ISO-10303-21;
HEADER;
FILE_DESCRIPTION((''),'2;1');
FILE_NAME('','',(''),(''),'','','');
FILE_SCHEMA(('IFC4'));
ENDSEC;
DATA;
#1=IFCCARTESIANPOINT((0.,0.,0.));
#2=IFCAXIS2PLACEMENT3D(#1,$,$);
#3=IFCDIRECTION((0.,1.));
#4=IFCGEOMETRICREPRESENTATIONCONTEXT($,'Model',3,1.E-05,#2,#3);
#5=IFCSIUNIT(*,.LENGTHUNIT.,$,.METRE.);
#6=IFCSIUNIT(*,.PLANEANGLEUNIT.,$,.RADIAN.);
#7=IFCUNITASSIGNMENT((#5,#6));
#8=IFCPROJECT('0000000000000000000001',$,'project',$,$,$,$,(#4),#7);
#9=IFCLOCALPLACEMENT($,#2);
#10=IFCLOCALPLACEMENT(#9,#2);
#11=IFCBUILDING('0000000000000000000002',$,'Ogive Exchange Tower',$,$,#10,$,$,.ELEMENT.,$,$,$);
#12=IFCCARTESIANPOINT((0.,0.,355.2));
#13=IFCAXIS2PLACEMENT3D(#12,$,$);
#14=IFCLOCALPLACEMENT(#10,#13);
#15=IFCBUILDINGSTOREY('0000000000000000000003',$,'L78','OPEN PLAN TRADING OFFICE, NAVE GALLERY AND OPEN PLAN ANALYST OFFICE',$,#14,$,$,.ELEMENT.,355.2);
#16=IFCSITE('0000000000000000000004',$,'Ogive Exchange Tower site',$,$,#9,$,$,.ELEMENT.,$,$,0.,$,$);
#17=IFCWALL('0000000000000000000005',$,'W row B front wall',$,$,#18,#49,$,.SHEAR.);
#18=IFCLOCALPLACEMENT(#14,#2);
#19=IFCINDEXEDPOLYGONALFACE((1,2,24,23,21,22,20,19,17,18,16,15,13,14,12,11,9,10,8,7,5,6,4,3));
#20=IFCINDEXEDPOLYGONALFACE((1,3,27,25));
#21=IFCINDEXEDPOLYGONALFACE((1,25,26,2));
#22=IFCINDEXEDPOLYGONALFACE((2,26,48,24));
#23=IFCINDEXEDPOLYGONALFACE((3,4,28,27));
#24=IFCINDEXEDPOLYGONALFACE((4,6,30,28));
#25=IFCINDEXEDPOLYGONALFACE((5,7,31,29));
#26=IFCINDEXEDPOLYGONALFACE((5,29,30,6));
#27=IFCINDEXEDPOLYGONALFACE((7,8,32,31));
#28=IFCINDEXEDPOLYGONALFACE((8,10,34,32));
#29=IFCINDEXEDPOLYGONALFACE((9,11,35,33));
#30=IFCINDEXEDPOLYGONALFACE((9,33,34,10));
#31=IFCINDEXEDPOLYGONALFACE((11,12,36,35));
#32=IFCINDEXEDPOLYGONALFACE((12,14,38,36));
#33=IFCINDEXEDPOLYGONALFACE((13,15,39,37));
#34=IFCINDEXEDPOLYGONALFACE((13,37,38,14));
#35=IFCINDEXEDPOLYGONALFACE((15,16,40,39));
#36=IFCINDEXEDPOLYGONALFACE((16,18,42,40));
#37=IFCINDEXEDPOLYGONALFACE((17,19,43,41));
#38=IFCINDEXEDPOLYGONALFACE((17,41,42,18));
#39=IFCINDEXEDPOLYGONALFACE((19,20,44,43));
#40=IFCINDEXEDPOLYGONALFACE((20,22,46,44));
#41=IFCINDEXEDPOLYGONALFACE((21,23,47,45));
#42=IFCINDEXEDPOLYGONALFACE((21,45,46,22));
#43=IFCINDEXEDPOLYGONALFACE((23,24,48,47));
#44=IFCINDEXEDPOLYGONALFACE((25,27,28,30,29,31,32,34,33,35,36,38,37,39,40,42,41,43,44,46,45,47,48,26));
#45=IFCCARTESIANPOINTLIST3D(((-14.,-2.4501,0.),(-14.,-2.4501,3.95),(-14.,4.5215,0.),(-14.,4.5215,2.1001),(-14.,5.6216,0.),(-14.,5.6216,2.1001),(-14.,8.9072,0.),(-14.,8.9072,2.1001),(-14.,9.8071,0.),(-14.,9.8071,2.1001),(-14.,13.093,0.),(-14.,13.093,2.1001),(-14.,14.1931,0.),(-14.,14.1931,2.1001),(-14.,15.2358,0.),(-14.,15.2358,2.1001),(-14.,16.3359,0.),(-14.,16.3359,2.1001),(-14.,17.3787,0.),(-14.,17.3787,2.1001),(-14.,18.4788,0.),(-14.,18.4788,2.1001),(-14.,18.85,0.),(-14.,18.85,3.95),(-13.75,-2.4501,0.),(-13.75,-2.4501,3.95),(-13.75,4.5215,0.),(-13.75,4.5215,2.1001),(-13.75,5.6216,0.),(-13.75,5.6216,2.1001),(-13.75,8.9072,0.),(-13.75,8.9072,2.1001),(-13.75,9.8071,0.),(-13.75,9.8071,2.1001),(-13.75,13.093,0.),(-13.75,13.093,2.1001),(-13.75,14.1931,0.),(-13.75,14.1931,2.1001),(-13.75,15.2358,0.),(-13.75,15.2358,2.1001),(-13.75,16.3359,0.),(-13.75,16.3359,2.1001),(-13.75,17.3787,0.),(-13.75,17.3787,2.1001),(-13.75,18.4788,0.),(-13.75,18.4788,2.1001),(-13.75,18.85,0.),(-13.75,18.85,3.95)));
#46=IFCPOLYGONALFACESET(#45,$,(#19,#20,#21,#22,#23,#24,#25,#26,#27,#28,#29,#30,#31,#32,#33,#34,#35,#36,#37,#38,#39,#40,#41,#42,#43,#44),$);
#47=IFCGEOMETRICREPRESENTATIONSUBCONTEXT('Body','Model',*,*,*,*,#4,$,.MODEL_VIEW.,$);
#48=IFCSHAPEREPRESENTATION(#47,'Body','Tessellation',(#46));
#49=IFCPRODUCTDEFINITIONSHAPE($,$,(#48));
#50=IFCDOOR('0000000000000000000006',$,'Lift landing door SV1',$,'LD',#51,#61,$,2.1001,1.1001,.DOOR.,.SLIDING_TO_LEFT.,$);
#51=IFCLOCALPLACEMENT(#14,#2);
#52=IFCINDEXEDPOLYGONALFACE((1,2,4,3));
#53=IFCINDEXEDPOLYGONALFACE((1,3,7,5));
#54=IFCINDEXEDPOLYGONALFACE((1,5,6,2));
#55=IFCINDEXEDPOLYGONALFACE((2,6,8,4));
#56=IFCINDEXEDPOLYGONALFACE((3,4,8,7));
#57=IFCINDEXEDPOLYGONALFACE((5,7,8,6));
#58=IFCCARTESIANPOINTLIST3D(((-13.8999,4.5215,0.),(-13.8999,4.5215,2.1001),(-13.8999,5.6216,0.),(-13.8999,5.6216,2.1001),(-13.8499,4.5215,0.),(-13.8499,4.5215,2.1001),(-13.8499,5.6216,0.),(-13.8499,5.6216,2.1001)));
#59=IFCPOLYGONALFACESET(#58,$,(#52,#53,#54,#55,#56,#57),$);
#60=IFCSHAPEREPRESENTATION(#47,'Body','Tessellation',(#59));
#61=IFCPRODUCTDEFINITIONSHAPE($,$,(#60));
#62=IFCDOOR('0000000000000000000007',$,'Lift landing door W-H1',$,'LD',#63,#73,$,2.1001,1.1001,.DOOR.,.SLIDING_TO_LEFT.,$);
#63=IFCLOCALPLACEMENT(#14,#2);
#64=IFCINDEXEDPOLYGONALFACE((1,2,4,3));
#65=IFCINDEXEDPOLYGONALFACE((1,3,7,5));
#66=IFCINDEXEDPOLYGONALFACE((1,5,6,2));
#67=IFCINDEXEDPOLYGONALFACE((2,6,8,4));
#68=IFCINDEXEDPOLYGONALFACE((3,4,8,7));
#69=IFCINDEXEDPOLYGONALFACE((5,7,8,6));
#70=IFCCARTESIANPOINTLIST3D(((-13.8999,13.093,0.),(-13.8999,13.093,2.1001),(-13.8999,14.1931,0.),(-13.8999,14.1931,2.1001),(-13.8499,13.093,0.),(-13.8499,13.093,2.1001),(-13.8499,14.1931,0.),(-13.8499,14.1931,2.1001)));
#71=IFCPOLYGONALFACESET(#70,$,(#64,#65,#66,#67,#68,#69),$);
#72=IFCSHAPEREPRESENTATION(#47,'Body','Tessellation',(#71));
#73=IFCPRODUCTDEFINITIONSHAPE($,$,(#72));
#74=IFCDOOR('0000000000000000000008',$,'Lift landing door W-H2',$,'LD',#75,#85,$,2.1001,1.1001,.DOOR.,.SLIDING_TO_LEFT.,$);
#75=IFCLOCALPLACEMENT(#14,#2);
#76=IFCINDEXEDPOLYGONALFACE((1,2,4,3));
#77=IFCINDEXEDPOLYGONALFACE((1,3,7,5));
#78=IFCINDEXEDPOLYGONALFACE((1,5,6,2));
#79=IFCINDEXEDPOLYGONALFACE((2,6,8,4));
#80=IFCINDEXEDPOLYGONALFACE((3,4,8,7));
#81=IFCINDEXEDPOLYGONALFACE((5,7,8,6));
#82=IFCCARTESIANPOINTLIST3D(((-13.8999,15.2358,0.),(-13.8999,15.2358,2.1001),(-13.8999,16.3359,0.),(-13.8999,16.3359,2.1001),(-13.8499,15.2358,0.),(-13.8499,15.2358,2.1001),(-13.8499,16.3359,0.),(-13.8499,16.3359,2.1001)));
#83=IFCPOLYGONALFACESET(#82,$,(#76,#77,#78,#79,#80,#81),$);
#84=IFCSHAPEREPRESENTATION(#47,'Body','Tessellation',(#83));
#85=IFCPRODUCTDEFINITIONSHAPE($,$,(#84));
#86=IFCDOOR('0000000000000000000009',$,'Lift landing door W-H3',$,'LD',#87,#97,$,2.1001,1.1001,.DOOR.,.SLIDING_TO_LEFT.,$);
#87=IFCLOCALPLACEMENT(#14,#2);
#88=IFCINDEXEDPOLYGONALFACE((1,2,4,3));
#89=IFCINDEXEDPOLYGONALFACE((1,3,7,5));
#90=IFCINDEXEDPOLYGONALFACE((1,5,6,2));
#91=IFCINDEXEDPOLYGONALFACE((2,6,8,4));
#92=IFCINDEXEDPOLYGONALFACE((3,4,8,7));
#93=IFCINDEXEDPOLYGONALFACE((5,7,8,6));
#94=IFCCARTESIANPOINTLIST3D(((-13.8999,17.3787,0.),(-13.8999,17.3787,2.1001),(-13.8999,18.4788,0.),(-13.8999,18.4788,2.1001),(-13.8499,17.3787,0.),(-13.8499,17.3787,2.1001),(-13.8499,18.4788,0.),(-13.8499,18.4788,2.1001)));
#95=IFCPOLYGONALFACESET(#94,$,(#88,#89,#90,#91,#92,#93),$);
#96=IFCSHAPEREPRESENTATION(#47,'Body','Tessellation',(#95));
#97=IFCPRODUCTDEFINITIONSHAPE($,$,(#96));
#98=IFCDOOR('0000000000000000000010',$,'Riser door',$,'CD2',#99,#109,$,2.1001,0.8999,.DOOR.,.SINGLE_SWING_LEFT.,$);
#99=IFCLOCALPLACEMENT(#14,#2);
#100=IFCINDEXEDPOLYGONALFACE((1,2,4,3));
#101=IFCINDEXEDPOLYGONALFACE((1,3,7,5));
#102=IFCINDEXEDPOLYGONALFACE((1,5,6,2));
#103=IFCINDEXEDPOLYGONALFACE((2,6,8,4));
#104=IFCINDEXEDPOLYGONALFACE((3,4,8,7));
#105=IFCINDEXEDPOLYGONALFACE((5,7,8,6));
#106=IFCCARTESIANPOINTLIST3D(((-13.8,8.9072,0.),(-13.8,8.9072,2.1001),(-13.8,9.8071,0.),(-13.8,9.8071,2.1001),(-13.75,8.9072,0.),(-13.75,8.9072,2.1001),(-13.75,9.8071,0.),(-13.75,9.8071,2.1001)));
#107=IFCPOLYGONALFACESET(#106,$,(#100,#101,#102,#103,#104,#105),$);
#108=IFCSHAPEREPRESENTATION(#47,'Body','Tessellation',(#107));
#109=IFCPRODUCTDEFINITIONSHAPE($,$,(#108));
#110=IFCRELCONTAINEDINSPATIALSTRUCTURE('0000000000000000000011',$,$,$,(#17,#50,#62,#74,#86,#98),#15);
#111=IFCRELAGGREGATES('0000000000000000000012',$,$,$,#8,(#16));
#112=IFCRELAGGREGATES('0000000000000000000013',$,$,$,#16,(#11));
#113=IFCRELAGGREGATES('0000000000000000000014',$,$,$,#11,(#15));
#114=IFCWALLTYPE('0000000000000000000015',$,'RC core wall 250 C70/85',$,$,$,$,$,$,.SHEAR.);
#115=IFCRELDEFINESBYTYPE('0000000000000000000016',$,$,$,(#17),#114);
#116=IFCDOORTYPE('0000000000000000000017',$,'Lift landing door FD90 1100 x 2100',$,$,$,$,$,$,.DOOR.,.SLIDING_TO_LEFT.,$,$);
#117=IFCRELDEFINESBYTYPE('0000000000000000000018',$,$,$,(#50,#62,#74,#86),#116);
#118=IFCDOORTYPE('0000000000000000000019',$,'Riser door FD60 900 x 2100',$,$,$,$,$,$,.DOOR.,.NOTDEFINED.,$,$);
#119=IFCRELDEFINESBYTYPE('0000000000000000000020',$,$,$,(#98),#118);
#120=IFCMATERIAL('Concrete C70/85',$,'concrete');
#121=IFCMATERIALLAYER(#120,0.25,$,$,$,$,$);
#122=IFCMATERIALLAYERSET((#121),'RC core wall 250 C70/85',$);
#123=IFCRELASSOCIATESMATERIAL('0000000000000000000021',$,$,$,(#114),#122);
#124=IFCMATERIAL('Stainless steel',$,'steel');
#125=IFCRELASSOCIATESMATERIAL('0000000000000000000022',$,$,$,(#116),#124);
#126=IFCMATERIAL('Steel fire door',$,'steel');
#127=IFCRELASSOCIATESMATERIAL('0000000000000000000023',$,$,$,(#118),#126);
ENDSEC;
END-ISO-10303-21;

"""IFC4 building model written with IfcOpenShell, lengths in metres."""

from ifc_helpers import new_model, si_unit, direction, frame, frame_2d, origin, place, context, subcontext, project, spatial, rectangle, extrude, material, layer, layer_set, type_object, element, fill, save


model = new_model("IFC4")

# Units and contexts
model_context = context("Model", 3, precision=1e-05, world=origin(), true_north=direction((0.0, 1.0)))
body_context = subcontext(model_context, "Body", "Model", "MODEL_VIEW")
ifc_project = project(units=[si_unit("LENGTHUNIT", "METRE"), si_unit("PLANEANGLEUNIT", "RADIAN")], contexts=[model_context])

# Site, building, storey
site_placement = place(None, origin())
site = spatial("IfcSite", under=ifc_project, at=site_placement, Name="Ogive Exchange Tower site", CompositionType="ELEMENT", RefElevation=0.0)
building_placement = place(site_placement, origin())
building = spatial("IfcBuilding", under=site, at=building_placement, Name="Ogive Exchange Tower", CompositionType="ELEMENT")
storey_placement = place(building_placement, frame((0.0, 0.0, 355.2)))
storey = spatial("IfcBuildingStorey", under=building, at=storey_placement, Name="L78", Description="OPEN PLAN TRADING OFFICE, NAVE GALLERY AND OPEN PLAN ANALYST OFFICE", CompositionType="ELEMENT", Elevation=355.2)

# Shared definitions
ifc_material_1 = material(Name="Concrete C70/85", Category="concrete")
ifc_layer_1 = layer(ifc_material_1, 0.25)
ifc_layer_set_1 = layer_set([ifc_layer_1], Name="RC core wall 250 C70/85")
wall_type_1 = type_object("IfcWallType", Name="RC core wall 250 C70/85", PredefinedType="SHEAR", material=ifc_layer_set_1)
ifc_material_2 = material(Name="Steel fire door", Category="steel")

# Wall, openings, doors
wall_1_placement = place(storey_placement, frame((-13.875, -2.45, 0.0), z_axis=(0.0, 0.0, 1.0), x_axis=(0.0, 1.0, 0.0)))
wall_1 = element("IfcWall", 1, at=wall_1_placement, inside=storey, type_object=wall_type_1, Name="W row B front wall", PredefinedType="SHEAR", context=body_context, shape_type="SweptSolid", body=[
    extrude(rectangle(XDim=21.3, YDim=0.25, at=frame_2d((10.6499, 0.0))), origin(), (0.0, 0.0, 1.0), 3.95),
])
opening_1_placement = place(wall_1_placement, frame((11.3572, 0.0, 0.0)))
opening_1 = element("IfcOpeningElement", 2, at=opening_1_placement, cuts=wall_1, PredefinedType="OPENING", context=body_context, shape_type="SweptSolid", body=[
    extrude(rectangle(XDim=0.8999, YDim=2.1001, at=frame_2d((0.45, 1.05))), frame((0.0, 0.135, 0.0), z_axis=(0.0, -1.0, 0.0), x_axis=(1.0, 0.0, 0.0)), (0.0, 0.0, 1.0), 0.27),
])
opening_2_placement = place(wall_1_placement, frame((6.9714, 0.0, 0.0)))
opening_2 = element("IfcOpeningElement", 3, at=opening_2_placement, cuts=wall_1, PredefinedType="OPENING", context=body_context, shape_type="SweptSolid", body=[
    extrude(rectangle(XDim=1.1001, YDim=2.1001, at=frame_2d((0.55, 1.05))), frame((0.0, 0.135, 0.0), z_axis=(0.0, -1.0, 0.0), x_axis=(1.0, 0.0, 0.0)), (0.0, 0.0, 1.0), 0.27),
])
opening_3_placement = place(wall_1_placement, frame((15.543, 0.0, 0.0)))
opening_3 = element("IfcOpeningElement", 4, at=opening_3_placement, cuts=wall_1, PredefinedType="OPENING", context=body_context, shape_type="SweptSolid", body=[
    extrude(rectangle(XDim=1.1001, YDim=2.1001, at=frame_2d((0.55, 1.05))), frame((0.0, 0.135, 0.0), z_axis=(0.0, -1.0, 0.0), x_axis=(1.0, 0.0, 0.0)), (0.0, 0.0, 1.0), 0.27),
])
opening_4_placement = place(wall_1_placement, frame((17.6858, 0.0, 0.0)))
opening_4 = element("IfcOpeningElement", 5, at=opening_4_placement, cuts=wall_1, PredefinedType="OPENING", context=body_context, shape_type="SweptSolid", body=[
    extrude(rectangle(XDim=1.1001, YDim=2.1001, at=frame_2d((0.55, 1.05))), frame((0.0, 0.135, 0.0), z_axis=(0.0, -1.0, 0.0), x_axis=(1.0, 0.0, 0.0)), (0.0, 0.0, 1.0), 0.27),
])
opening_5_placement = place(wall_1_placement, frame((19.8286, 0.0, 0.0)))
opening_5 = element("IfcOpeningElement", 6, at=opening_5_placement, cuts=wall_1, PredefinedType="OPENING", context=body_context, shape_type="SweptSolid", body=[
    extrude(rectangle(XDim=1.1001, YDim=2.1001, at=frame_2d((0.55, 1.05))), frame((0.0, 0.135, 0.0), z_axis=(0.0, -1.0, 0.0), x_axis=(1.0, 0.0, 0.0)), (0.0, 0.0, 1.0), 0.27),
])
ifc_material_3 = material(Name="Stainless steel", Category="steel")
door_type_1 = type_object("IfcDoorType", Name="Lift landing door FD90 1100 x 2100", OperationType="SLIDING_TO_LEFT", PredefinedType="DOOR", material=ifc_material_3)
door_1_placement = place(opening_2_placement, origin())
door_1 = element("IfcDoor", 7, at=door_1_placement, inside=storey, type_object=door_type_1, Name="Lift landing door SV1", ObjectType="LD", OperationType="SLIDING_TO_LEFT", OverallHeight=2.1001, OverallWidth=1.1001, PredefinedType="DOOR", context=body_context, shape_type="SweptSolid", body=[
    extrude(rectangle(XDim=1.1001, YDim=2.1001, at=frame_2d((0.55, 1.05))), frame((0.0, 0.0249, 0.0), z_axis=(0.0, -1.0, 0.0), x_axis=(1.0, 0.0, 0.0)), (0.0, 0.0, 1.0), 0.05),
])
fill(opening_2, door_1)
door_2_placement = place(opening_3_placement, origin())
door_2 = element("IfcDoor", 8, at=door_2_placement, inside=storey, type_object=door_type_1, Name="Lift landing door W-H1", ObjectType="LD", OperationType="SLIDING_TO_LEFT", OverallHeight=2.1001, OverallWidth=1.1001, PredefinedType="DOOR", context=body_context, shape_type="SweptSolid", body=[
    extrude(rectangle(XDim=1.1001, YDim=2.1001, at=frame_2d((0.55, 1.05))), frame((0.0, 0.0249, 0.0), z_axis=(0.0, -1.0, 0.0), x_axis=(1.0, 0.0, 0.0)), (0.0, 0.0, 1.0), 0.05),
])
fill(opening_3, door_2)
door_3_placement = place(opening_4_placement, origin())
door_3 = element("IfcDoor", 9, at=door_3_placement, inside=storey, type_object=door_type_1, Name="Lift landing door W-H2", ObjectType="LD", OperationType="SLIDING_TO_LEFT", OverallHeight=2.1001, OverallWidth=1.1001, PredefinedType="DOOR", context=body_context, shape_type="SweptSolid", body=[
    extrude(rectangle(XDim=1.1001, YDim=2.1001, at=frame_2d((0.55, 1.05))), frame((0.0, 0.0249, 0.0), z_axis=(0.0, -1.0, 0.0), x_axis=(1.0, 0.0, 0.0)), (0.0, 0.0, 1.0), 0.05),
])
fill(opening_4, door_3)
door_4_placement = place(opening_5_placement, origin())
door_4 = element("IfcDoor", 10, at=door_4_placement, inside=storey, type_object=door_type_1, Name="Lift landing door W-H3", ObjectType="LD", OperationType="SLIDING_TO_LEFT", OverallHeight=2.1001, OverallWidth=1.1001, PredefinedType="DOOR", context=body_context, shape_type="SweptSolid", body=[
    extrude(rectangle(XDim=1.1001, YDim=2.1001, at=frame_2d((0.55, 1.05))), frame((0.0, 0.0249, 0.0), z_axis=(0.0, -1.0, 0.0), x_axis=(1.0, 0.0, 0.0)), (0.0, 0.0, 1.0), 0.05),
])
fill(opening_5, door_4)
door_type_2 = type_object("IfcDoorType", Name="Riser door FD60 900 x 2100", OperationType="NOTDEFINED", PredefinedType="DOOR", material=ifc_material_2)
door_5_placement = place(opening_1_placement, frame((0.8999, -0.2002, 0.0), z_axis=(0.0, 0.0, 1.0), x_axis=(-1.0, 0.0, 0.0)))
door_5 = element("IfcDoor", 11, at=door_5_placement, inside=storey, type_object=door_type_2, Name="Riser door", ObjectType="CD2", OperationType="SINGLE_SWING_LEFT", OverallHeight=2.1001, OverallWidth=0.8999, PredefinedType="DOOR", context=body_context, shape_type="SweptSolid", body=[
    extrude(rectangle(XDim=0.8999, YDim=2.1001, at=frame_2d((0.45, 1.05))), frame((0.0, -0.0752, 0.0), z_axis=(0.0, -1.0, 0.0), x_axis=(1.0, 0.0, 0.0)), (0.0, 0.0, 1.0), 0.05),
])
fill(opening_1, door_5)

save(model, "model.ifc")
